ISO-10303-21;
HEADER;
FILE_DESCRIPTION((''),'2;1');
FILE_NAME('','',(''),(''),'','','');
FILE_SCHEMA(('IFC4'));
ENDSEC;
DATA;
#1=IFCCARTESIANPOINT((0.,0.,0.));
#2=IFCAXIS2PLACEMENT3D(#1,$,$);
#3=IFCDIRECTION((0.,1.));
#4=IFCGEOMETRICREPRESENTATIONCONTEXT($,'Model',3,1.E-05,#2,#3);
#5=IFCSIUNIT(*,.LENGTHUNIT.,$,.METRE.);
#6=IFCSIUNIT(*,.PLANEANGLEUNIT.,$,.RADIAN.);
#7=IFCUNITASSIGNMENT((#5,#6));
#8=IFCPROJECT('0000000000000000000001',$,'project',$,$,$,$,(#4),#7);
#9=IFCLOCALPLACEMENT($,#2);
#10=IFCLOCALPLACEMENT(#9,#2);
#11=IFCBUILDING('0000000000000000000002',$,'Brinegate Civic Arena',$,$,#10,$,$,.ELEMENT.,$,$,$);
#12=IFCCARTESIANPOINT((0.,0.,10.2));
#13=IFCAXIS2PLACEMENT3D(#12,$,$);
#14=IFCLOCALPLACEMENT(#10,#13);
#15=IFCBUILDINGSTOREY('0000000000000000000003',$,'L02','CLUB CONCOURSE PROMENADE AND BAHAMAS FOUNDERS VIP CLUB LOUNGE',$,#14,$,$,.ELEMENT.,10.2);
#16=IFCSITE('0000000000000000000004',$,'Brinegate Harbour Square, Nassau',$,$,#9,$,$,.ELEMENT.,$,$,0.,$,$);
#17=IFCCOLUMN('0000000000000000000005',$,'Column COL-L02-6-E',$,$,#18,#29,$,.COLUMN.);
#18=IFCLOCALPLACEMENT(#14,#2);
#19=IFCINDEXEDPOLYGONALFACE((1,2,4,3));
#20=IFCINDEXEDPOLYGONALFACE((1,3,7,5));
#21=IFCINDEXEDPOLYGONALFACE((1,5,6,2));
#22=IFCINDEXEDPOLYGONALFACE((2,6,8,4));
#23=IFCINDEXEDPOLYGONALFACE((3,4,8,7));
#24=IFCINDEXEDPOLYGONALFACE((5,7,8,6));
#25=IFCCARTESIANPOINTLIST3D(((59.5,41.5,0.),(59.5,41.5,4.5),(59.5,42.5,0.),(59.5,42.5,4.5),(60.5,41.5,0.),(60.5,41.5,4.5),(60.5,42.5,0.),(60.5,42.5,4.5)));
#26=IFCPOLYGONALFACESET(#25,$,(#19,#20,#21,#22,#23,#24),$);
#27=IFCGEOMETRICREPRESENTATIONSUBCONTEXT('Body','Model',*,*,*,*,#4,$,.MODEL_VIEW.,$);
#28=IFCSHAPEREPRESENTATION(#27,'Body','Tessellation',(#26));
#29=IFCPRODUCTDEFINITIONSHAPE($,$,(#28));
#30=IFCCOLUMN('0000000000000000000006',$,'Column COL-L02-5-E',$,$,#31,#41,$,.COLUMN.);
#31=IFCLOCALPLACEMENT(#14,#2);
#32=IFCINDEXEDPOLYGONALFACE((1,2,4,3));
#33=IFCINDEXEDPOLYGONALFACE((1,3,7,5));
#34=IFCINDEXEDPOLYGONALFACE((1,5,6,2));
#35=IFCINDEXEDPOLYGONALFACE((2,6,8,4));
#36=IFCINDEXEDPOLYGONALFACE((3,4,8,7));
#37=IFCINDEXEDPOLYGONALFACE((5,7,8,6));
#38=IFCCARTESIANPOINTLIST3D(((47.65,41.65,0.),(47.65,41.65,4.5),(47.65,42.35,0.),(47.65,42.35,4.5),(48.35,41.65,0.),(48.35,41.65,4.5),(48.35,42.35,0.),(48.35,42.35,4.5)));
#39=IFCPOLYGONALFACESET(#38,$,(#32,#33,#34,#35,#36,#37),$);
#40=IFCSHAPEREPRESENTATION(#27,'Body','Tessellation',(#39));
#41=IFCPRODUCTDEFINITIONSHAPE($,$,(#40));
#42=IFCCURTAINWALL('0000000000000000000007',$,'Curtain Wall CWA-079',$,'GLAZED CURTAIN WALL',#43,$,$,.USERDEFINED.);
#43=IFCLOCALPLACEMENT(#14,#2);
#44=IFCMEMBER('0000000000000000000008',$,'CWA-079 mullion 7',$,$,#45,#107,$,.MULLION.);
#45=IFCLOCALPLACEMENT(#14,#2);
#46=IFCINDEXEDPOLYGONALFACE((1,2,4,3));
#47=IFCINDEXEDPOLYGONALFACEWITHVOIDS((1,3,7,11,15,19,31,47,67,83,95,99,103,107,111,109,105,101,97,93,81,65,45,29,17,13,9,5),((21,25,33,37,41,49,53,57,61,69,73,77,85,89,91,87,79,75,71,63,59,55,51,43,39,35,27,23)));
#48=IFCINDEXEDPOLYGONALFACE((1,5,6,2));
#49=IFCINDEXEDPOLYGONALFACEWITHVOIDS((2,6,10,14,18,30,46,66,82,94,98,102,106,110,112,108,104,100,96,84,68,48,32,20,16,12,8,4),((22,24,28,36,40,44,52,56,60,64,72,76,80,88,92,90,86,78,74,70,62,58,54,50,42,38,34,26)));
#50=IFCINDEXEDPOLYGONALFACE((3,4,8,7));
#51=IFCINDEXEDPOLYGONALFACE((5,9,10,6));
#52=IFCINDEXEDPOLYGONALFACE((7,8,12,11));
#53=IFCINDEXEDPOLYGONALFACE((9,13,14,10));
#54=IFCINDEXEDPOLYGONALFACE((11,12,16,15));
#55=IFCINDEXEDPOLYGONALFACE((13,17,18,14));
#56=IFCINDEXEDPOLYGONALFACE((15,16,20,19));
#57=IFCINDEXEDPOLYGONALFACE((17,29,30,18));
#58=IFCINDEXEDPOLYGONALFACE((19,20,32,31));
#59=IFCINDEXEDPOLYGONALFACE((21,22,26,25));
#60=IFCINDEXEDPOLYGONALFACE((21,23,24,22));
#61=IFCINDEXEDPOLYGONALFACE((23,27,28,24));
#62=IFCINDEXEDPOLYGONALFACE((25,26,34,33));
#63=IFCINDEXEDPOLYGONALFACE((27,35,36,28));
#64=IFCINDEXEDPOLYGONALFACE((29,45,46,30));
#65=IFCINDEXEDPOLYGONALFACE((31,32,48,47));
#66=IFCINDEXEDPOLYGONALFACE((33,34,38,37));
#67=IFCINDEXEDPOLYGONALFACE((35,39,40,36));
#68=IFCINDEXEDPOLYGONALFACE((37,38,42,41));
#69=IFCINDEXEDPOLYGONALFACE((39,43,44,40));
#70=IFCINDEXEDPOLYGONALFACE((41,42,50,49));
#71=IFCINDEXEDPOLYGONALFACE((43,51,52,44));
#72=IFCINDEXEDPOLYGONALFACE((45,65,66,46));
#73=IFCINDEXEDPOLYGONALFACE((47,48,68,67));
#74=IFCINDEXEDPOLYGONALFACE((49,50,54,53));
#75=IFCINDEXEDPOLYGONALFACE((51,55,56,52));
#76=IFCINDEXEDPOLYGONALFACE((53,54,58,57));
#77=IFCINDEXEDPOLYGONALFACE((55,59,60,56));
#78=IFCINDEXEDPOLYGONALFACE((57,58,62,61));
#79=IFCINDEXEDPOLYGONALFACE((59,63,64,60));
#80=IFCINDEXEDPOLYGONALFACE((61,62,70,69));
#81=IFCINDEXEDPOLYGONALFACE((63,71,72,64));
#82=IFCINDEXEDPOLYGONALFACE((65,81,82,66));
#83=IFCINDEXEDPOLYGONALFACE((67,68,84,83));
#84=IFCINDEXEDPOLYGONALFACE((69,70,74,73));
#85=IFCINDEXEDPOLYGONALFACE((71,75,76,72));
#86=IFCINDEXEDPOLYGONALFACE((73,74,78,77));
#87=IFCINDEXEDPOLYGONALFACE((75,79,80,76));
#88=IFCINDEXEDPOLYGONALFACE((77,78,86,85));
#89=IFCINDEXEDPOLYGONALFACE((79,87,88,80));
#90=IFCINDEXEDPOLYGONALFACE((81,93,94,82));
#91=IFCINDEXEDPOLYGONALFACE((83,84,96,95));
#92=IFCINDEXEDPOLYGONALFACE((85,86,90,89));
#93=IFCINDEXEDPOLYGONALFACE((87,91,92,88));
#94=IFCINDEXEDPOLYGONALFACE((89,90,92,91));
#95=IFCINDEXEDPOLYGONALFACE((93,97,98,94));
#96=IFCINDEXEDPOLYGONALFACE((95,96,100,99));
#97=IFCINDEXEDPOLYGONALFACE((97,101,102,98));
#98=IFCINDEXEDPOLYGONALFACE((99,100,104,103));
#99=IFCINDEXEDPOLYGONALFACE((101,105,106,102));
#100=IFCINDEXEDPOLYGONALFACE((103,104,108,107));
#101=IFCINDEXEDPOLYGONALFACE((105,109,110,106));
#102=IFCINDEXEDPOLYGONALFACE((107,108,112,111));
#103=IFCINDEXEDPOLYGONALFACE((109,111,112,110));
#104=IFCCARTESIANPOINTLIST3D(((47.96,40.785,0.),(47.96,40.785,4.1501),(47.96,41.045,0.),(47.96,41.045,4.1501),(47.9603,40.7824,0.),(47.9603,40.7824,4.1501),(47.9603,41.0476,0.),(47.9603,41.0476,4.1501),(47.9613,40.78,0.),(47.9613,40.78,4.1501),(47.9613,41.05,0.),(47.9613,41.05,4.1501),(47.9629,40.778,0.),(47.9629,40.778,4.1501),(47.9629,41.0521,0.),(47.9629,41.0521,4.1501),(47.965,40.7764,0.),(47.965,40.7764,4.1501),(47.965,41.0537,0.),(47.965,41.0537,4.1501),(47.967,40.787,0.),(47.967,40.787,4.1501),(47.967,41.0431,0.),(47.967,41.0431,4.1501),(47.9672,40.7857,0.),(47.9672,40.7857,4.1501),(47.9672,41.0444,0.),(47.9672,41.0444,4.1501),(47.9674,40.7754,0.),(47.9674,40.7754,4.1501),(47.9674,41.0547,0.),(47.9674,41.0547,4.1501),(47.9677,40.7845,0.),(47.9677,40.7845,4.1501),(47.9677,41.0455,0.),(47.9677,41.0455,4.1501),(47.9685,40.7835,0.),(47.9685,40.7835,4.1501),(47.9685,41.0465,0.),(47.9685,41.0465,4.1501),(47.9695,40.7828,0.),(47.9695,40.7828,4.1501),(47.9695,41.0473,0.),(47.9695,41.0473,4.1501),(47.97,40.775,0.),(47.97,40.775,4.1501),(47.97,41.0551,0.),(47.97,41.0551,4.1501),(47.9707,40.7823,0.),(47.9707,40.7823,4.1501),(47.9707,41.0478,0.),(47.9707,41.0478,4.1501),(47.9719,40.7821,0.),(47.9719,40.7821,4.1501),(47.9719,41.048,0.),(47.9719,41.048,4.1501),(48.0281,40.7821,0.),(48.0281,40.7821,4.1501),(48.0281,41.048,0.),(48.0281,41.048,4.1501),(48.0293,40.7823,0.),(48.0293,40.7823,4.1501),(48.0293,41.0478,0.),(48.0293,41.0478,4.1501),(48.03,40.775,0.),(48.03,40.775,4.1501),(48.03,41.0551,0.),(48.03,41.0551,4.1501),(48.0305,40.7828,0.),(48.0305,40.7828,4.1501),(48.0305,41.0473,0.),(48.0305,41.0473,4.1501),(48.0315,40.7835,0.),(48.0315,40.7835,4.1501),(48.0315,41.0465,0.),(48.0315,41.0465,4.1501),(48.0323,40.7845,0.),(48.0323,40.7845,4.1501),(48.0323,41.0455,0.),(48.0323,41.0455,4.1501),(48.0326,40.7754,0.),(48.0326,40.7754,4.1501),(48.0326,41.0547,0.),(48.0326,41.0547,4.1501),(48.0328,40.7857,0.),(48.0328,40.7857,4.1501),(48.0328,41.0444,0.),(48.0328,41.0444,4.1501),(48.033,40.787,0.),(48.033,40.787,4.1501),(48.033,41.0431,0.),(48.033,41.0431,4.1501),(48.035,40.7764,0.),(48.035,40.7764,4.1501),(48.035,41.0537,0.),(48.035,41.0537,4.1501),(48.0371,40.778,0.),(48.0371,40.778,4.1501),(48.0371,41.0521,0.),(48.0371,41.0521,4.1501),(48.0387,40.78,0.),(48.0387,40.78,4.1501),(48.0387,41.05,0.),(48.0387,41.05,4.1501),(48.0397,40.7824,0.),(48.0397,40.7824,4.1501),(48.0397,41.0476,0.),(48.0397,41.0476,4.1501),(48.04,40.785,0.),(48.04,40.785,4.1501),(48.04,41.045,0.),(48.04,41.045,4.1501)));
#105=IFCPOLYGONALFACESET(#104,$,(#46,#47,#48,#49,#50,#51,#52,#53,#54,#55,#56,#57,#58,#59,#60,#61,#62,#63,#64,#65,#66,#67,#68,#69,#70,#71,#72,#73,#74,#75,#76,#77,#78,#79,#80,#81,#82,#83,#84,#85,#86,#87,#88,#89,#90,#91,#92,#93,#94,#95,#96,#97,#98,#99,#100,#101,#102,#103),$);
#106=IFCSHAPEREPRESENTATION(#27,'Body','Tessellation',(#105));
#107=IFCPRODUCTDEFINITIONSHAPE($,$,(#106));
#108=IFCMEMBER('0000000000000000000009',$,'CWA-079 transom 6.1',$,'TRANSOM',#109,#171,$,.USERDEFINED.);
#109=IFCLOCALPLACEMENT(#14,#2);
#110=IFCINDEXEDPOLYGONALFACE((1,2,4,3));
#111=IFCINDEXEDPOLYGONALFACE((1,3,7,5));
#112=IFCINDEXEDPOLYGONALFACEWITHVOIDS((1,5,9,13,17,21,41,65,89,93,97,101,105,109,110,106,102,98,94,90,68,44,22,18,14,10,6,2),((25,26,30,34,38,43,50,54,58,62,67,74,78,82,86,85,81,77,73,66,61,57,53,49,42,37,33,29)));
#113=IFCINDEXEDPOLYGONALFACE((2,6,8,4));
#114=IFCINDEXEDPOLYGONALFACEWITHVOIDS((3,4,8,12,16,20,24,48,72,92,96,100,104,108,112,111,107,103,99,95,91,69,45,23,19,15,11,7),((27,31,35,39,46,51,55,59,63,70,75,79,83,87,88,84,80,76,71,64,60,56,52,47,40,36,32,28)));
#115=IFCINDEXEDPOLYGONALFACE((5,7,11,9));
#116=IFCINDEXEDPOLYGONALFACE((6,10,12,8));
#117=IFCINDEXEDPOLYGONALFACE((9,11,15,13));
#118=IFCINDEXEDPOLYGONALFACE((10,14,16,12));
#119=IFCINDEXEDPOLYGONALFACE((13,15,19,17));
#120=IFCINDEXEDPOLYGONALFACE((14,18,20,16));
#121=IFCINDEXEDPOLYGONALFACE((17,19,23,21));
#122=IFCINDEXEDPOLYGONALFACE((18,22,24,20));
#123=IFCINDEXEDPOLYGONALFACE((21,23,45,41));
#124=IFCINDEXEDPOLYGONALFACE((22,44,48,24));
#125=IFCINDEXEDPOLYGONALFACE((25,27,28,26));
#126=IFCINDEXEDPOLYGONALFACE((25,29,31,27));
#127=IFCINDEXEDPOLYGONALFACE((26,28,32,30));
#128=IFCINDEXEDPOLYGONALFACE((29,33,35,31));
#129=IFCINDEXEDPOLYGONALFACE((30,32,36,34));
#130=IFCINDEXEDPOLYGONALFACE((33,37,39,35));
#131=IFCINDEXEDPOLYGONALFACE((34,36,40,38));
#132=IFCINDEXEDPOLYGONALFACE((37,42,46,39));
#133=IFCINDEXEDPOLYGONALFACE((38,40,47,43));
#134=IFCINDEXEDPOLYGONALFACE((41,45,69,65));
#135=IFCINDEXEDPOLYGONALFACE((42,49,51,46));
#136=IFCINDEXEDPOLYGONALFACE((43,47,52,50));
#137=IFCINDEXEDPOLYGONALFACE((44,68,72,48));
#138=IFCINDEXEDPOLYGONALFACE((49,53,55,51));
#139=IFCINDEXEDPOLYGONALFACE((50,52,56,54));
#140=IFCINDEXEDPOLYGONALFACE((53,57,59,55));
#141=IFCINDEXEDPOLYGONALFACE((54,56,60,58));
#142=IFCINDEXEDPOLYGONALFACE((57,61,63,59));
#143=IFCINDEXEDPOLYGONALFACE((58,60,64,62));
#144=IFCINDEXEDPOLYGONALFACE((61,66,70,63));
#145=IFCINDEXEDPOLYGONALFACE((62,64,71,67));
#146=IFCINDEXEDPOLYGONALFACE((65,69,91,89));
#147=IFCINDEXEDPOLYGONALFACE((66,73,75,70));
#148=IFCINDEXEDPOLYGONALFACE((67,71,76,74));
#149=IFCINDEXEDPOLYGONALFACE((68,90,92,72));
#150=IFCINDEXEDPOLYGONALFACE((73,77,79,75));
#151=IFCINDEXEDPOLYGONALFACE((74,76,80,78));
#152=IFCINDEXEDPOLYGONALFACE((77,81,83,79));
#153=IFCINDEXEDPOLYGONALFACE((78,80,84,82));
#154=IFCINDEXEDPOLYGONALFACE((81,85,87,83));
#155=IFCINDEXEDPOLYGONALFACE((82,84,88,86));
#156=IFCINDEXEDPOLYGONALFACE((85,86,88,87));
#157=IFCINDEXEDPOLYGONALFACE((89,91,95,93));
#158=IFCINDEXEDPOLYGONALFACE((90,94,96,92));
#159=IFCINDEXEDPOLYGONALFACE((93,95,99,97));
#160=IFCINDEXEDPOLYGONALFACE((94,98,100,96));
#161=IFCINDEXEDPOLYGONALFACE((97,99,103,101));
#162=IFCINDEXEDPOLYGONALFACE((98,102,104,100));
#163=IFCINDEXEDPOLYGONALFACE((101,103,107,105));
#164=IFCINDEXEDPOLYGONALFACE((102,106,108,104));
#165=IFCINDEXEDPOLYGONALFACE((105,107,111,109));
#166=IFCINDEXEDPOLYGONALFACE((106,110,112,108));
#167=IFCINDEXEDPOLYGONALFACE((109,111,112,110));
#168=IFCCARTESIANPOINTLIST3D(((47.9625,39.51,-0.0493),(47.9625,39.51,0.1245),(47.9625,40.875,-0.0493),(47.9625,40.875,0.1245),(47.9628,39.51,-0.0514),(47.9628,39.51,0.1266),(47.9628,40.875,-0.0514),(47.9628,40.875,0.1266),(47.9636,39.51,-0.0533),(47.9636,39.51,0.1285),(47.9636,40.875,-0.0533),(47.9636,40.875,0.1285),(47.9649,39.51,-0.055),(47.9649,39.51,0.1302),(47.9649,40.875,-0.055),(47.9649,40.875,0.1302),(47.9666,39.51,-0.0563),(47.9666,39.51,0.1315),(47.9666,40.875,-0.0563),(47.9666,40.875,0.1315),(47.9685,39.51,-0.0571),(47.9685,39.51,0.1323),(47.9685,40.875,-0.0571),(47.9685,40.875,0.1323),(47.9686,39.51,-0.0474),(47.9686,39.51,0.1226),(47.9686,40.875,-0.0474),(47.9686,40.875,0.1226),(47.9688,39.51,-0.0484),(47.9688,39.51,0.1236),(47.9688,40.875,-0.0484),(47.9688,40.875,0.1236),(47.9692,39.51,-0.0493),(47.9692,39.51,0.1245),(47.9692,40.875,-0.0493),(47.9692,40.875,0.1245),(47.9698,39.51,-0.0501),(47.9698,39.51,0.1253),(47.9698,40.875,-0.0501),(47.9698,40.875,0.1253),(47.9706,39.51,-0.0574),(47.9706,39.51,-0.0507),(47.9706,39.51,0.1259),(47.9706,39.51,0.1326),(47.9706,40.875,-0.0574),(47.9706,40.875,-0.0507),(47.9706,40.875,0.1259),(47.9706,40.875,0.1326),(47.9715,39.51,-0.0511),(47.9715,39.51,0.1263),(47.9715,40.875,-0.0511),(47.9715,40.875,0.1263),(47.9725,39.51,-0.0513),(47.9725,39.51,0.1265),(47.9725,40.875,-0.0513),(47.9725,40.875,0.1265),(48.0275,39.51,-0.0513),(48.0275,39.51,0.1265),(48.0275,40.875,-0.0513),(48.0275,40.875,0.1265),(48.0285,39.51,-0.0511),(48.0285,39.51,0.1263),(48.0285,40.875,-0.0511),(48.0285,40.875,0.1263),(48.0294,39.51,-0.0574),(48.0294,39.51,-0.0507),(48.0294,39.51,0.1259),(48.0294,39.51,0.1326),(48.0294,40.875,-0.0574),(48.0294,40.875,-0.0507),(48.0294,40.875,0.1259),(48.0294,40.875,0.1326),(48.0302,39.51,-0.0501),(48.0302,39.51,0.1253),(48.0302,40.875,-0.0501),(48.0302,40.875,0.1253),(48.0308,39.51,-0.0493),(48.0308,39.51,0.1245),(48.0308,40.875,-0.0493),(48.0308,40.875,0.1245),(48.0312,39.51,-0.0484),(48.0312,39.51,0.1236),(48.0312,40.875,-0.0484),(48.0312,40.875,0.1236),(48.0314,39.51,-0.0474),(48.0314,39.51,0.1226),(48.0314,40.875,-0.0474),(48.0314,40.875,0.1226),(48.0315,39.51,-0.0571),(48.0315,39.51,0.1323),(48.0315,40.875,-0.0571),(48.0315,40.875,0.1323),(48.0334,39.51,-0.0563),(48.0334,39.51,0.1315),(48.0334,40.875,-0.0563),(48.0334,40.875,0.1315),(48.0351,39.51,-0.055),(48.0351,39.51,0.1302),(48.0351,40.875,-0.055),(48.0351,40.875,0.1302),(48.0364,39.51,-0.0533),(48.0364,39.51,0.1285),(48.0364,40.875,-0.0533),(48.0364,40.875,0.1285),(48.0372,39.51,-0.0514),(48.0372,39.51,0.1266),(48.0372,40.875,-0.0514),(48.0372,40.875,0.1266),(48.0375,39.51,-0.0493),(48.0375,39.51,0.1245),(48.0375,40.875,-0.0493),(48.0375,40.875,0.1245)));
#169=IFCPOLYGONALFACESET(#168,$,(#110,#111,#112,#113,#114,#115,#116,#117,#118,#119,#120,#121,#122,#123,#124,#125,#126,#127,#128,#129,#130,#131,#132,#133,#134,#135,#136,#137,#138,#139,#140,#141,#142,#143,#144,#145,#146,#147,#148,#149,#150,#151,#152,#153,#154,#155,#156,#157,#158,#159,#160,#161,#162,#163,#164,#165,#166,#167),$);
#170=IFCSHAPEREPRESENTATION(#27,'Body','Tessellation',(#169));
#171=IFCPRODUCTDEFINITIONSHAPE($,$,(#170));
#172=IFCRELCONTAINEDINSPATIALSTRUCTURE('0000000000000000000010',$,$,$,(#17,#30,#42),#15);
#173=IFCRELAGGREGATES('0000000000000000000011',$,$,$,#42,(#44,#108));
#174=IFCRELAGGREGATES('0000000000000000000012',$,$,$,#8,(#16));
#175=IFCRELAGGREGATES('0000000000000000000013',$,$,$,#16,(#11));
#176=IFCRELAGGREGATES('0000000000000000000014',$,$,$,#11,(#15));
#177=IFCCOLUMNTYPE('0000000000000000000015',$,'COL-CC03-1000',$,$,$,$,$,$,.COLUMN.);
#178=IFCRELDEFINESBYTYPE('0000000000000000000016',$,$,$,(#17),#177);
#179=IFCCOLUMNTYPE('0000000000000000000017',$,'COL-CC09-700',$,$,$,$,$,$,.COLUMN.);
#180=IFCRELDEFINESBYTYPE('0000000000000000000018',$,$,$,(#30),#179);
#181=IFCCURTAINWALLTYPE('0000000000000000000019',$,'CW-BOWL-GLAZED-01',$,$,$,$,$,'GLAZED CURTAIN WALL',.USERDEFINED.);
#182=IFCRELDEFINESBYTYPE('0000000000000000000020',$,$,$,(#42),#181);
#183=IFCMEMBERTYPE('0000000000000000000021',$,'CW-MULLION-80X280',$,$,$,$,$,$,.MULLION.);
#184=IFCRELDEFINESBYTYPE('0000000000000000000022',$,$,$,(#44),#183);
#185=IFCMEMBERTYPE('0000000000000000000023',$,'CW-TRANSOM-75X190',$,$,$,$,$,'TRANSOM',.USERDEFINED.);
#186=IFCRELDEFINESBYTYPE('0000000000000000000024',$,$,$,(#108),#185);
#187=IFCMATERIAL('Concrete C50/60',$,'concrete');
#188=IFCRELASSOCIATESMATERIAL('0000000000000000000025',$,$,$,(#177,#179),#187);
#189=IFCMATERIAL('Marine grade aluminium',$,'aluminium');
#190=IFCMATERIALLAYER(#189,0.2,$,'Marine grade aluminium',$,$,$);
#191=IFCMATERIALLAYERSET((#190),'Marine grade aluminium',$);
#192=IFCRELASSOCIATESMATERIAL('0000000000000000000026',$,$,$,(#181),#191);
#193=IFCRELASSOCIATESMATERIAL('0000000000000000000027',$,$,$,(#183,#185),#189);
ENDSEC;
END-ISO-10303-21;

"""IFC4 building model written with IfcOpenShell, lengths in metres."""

from ifc_helpers import new_model, si_unit, direction, frame, origin, origin_2d, place, context, subcontext, project, spatial, rectangle, hollow_rectangle, extrude, material, layer, layer_set, material_profile, profile_set, type_object, element, aggregate, save


model = new_model("IFC4")

# Units and contexts
model_context = context("Model", 3, precision=1e-05, world=origin(), true_north=direction((0.0, 1.0)))
body_context = subcontext(model_context, "Body", "Model", "MODEL_VIEW")
ifc_project = project(units=[si_unit("LENGTHUNIT", "METRE"), si_unit("PLANEANGLEUNIT", "RADIAN")], contexts=[model_context])

# Site, building, storey
site_placement = place(None, origin())
site = spatial("IfcSite", under=ifc_project, at=site_placement, Name="Brinegate Harbour Square, Nassau", CompositionType="ELEMENT", RefElevation=0.0)
building_placement = place(site_placement, origin())
building = spatial("IfcBuilding", under=site, at=building_placement, Name="Brinegate Civic Arena", CompositionType="ELEMENT")
storey_placement = place(building_placement, frame((0.0, 0.0, 10.2)))
storey = spatial("IfcBuildingStorey", under=building, at=storey_placement, Name="L02", Description="CLUB CONCOURSE PROMENADE AND BAHAMAS FOUNDERS VIP CLUB LOUNGE", CompositionType="ELEMENT", Elevation=10.2)

# Columns
ifc_material_1 = material(Name="Concrete C50/60", Category="concrete")
ifc_material_profile_1 = material_profile(ifc_material_1, rectangle(XDim=1.0, YDim=1.0, at=origin_2d()), Name="RC1000X1000")
ifc_profile_set_1 = profile_set([ifc_material_profile_1], Name="Concrete C50/60")
column_type_1 = type_object("IfcColumnType", Name="COL-CC03-1000", PredefinedType="COLUMN", material=ifc_profile_set_1)
column_1_placement = place(storey_placement, frame((60.0, 42.0, 0.0), z_axis=(0.0, 0.0, 1.0), x_axis=(1.0, 0.0, 0.0)))
element("IfcColumn", 1, at=column_1_placement, inside=storey, type_object=column_type_1, Name="Column COL-L02-6-E", PredefinedType="COLUMN", context=body_context, shape_type="SweptSolid", body=[
    extrude(rectangle(XDim=1.0, YDim=1.0, at=origin_2d()), origin(), (0.0, 0.0, 1.0), 4.5),
])
ifc_material_profile_2 = material_profile(ifc_material_1, rectangle(XDim=0.7, YDim=0.7, at=origin_2d()), Name="RC700X700")
ifc_profile_set_2 = profile_set([ifc_material_profile_2], Name="Concrete C50/60")
column_type_2 = type_object("IfcColumnType", Name="COL-CC09-700", PredefinedType="COLUMN", material=ifc_profile_set_2)
column_2_placement = place(storey_placement, frame((48.0, 42.0, 0.0), z_axis=(0.0, 0.0, 1.0), x_axis=(1.0, 0.0, 0.0)))
element("IfcColumn", 2, at=column_2_placement, inside=storey, type_object=column_type_2, Name="Column COL-L02-5-E", PredefinedType="COLUMN", context=body_context, shape_type="SweptSolid", body=[
    extrude(rectangle(XDim=0.7, YDim=0.7, at=origin_2d()), origin(), (0.0, 0.0, 1.0), 4.5),
])

# Curtain wall, members
ifc_material_2 = material(Name="Marine grade aluminium", Category="aluminium")
ifc_layer_1 = layer(ifc_material_2, 0.2, Name="Marine grade aluminium")
ifc_layer_set_1 = layer_set([ifc_layer_1], Name="Marine grade aluminium")
curtain_wall_type = type_object("IfcCurtainWallType", Name="CW-BOWL-GLAZED-01", ElementType="GLAZED CURTAIN WALL", PredefinedType="USERDEFINED", material=ifc_layer_set_1)
curtain_wall_placement = place(storey_placement, origin())
curtain_wall = element("IfcCurtainWall", 3, at=curtain_wall_placement, inside=storey, type_object=curtain_wall_type, Name="Curtain Wall CWA-079", ObjectType="GLAZED CURTAIN WALL", PredefinedType="USERDEFINED")
ifc_material_profile_3 = material_profile(ifc_material_2, hollow_rectangle(XDim=0.0801, YDim=0.28, WallThickness=0.0071, InnerFilletRadius=0.0049, OuterFilletRadius=0.01, at=origin_2d()), Name="MUL80X280")
ifc_profile_set_3 = profile_set([ifc_material_profile_3], Name="Marine grade aluminium")
member_type_1 = type_object("IfcMemberType", Name="CW-MULLION-80X280", PredefinedType="MULLION", material=ifc_profile_set_3)
member_1_placement = place(storey_placement, frame((48.0, 40.915, 0.0), z_axis=(0.0, 0.0, 1.0), x_axis=(-1.0, 0.0, 0.0)))
member_1 = element("IfcMember", 4, at=member_1_placement, type_object=member_type_1, Name="CWA-079 mullion 7", PredefinedType="MULLION", context=body_context, shape_type="SweptSolid", body=[
    extrude(hollow_rectangle(XDim=0.0801, YDim=0.28, WallThickness=0.0071, InnerFilletRadius=0.0049, OuterFilletRadius=0.01, at=origin_2d()), origin(), (0.0, 0.0, 1.0), 4.1501),
])
ifc_material_profile_4 = material_profile(ifc_material_2, hollow_rectangle(XDim=0.075, YDim=0.1899, WallThickness=0.0061, InnerFilletRadius=0.0039, OuterFilletRadius=0.0081, at=origin_2d()), Name="TRN75X190")
ifc_profile_set_4 = profile_set([ifc_material_profile_4], Name="Marine grade aluminium")
member_type_2 = type_object("IfcMemberType", Name="CW-TRANSOM-75X190", ElementType="TRANSOM", PredefinedType="USERDEFINED", material=ifc_profile_set_4)
member_2_placement = place(storey_placement, frame((48.0, 39.51, 0.0376), z_axis=(0.0, 1.0, 0.0), x_axis=(-1.0, 0.0, 0.0)))
member_2 = element("IfcMember", 5, at=member_2_placement, type_object=member_type_2, Name="CWA-079 transom 6.1", ObjectType="TRANSOM", PredefinedType="USERDEFINED", context=body_context, shape_type="SweptSolid", body=[
    extrude(hollow_rectangle(XDim=0.075, YDim=0.1899, WallThickness=0.0061, InnerFilletRadius=0.0039, OuterFilletRadius=0.0081, at=origin_2d()), origin(), (0.0, 0.0, 1.0), 1.365),
])

aggregate(curtain_wall, [member_1, member_2])

save(model, "model.ifc")
